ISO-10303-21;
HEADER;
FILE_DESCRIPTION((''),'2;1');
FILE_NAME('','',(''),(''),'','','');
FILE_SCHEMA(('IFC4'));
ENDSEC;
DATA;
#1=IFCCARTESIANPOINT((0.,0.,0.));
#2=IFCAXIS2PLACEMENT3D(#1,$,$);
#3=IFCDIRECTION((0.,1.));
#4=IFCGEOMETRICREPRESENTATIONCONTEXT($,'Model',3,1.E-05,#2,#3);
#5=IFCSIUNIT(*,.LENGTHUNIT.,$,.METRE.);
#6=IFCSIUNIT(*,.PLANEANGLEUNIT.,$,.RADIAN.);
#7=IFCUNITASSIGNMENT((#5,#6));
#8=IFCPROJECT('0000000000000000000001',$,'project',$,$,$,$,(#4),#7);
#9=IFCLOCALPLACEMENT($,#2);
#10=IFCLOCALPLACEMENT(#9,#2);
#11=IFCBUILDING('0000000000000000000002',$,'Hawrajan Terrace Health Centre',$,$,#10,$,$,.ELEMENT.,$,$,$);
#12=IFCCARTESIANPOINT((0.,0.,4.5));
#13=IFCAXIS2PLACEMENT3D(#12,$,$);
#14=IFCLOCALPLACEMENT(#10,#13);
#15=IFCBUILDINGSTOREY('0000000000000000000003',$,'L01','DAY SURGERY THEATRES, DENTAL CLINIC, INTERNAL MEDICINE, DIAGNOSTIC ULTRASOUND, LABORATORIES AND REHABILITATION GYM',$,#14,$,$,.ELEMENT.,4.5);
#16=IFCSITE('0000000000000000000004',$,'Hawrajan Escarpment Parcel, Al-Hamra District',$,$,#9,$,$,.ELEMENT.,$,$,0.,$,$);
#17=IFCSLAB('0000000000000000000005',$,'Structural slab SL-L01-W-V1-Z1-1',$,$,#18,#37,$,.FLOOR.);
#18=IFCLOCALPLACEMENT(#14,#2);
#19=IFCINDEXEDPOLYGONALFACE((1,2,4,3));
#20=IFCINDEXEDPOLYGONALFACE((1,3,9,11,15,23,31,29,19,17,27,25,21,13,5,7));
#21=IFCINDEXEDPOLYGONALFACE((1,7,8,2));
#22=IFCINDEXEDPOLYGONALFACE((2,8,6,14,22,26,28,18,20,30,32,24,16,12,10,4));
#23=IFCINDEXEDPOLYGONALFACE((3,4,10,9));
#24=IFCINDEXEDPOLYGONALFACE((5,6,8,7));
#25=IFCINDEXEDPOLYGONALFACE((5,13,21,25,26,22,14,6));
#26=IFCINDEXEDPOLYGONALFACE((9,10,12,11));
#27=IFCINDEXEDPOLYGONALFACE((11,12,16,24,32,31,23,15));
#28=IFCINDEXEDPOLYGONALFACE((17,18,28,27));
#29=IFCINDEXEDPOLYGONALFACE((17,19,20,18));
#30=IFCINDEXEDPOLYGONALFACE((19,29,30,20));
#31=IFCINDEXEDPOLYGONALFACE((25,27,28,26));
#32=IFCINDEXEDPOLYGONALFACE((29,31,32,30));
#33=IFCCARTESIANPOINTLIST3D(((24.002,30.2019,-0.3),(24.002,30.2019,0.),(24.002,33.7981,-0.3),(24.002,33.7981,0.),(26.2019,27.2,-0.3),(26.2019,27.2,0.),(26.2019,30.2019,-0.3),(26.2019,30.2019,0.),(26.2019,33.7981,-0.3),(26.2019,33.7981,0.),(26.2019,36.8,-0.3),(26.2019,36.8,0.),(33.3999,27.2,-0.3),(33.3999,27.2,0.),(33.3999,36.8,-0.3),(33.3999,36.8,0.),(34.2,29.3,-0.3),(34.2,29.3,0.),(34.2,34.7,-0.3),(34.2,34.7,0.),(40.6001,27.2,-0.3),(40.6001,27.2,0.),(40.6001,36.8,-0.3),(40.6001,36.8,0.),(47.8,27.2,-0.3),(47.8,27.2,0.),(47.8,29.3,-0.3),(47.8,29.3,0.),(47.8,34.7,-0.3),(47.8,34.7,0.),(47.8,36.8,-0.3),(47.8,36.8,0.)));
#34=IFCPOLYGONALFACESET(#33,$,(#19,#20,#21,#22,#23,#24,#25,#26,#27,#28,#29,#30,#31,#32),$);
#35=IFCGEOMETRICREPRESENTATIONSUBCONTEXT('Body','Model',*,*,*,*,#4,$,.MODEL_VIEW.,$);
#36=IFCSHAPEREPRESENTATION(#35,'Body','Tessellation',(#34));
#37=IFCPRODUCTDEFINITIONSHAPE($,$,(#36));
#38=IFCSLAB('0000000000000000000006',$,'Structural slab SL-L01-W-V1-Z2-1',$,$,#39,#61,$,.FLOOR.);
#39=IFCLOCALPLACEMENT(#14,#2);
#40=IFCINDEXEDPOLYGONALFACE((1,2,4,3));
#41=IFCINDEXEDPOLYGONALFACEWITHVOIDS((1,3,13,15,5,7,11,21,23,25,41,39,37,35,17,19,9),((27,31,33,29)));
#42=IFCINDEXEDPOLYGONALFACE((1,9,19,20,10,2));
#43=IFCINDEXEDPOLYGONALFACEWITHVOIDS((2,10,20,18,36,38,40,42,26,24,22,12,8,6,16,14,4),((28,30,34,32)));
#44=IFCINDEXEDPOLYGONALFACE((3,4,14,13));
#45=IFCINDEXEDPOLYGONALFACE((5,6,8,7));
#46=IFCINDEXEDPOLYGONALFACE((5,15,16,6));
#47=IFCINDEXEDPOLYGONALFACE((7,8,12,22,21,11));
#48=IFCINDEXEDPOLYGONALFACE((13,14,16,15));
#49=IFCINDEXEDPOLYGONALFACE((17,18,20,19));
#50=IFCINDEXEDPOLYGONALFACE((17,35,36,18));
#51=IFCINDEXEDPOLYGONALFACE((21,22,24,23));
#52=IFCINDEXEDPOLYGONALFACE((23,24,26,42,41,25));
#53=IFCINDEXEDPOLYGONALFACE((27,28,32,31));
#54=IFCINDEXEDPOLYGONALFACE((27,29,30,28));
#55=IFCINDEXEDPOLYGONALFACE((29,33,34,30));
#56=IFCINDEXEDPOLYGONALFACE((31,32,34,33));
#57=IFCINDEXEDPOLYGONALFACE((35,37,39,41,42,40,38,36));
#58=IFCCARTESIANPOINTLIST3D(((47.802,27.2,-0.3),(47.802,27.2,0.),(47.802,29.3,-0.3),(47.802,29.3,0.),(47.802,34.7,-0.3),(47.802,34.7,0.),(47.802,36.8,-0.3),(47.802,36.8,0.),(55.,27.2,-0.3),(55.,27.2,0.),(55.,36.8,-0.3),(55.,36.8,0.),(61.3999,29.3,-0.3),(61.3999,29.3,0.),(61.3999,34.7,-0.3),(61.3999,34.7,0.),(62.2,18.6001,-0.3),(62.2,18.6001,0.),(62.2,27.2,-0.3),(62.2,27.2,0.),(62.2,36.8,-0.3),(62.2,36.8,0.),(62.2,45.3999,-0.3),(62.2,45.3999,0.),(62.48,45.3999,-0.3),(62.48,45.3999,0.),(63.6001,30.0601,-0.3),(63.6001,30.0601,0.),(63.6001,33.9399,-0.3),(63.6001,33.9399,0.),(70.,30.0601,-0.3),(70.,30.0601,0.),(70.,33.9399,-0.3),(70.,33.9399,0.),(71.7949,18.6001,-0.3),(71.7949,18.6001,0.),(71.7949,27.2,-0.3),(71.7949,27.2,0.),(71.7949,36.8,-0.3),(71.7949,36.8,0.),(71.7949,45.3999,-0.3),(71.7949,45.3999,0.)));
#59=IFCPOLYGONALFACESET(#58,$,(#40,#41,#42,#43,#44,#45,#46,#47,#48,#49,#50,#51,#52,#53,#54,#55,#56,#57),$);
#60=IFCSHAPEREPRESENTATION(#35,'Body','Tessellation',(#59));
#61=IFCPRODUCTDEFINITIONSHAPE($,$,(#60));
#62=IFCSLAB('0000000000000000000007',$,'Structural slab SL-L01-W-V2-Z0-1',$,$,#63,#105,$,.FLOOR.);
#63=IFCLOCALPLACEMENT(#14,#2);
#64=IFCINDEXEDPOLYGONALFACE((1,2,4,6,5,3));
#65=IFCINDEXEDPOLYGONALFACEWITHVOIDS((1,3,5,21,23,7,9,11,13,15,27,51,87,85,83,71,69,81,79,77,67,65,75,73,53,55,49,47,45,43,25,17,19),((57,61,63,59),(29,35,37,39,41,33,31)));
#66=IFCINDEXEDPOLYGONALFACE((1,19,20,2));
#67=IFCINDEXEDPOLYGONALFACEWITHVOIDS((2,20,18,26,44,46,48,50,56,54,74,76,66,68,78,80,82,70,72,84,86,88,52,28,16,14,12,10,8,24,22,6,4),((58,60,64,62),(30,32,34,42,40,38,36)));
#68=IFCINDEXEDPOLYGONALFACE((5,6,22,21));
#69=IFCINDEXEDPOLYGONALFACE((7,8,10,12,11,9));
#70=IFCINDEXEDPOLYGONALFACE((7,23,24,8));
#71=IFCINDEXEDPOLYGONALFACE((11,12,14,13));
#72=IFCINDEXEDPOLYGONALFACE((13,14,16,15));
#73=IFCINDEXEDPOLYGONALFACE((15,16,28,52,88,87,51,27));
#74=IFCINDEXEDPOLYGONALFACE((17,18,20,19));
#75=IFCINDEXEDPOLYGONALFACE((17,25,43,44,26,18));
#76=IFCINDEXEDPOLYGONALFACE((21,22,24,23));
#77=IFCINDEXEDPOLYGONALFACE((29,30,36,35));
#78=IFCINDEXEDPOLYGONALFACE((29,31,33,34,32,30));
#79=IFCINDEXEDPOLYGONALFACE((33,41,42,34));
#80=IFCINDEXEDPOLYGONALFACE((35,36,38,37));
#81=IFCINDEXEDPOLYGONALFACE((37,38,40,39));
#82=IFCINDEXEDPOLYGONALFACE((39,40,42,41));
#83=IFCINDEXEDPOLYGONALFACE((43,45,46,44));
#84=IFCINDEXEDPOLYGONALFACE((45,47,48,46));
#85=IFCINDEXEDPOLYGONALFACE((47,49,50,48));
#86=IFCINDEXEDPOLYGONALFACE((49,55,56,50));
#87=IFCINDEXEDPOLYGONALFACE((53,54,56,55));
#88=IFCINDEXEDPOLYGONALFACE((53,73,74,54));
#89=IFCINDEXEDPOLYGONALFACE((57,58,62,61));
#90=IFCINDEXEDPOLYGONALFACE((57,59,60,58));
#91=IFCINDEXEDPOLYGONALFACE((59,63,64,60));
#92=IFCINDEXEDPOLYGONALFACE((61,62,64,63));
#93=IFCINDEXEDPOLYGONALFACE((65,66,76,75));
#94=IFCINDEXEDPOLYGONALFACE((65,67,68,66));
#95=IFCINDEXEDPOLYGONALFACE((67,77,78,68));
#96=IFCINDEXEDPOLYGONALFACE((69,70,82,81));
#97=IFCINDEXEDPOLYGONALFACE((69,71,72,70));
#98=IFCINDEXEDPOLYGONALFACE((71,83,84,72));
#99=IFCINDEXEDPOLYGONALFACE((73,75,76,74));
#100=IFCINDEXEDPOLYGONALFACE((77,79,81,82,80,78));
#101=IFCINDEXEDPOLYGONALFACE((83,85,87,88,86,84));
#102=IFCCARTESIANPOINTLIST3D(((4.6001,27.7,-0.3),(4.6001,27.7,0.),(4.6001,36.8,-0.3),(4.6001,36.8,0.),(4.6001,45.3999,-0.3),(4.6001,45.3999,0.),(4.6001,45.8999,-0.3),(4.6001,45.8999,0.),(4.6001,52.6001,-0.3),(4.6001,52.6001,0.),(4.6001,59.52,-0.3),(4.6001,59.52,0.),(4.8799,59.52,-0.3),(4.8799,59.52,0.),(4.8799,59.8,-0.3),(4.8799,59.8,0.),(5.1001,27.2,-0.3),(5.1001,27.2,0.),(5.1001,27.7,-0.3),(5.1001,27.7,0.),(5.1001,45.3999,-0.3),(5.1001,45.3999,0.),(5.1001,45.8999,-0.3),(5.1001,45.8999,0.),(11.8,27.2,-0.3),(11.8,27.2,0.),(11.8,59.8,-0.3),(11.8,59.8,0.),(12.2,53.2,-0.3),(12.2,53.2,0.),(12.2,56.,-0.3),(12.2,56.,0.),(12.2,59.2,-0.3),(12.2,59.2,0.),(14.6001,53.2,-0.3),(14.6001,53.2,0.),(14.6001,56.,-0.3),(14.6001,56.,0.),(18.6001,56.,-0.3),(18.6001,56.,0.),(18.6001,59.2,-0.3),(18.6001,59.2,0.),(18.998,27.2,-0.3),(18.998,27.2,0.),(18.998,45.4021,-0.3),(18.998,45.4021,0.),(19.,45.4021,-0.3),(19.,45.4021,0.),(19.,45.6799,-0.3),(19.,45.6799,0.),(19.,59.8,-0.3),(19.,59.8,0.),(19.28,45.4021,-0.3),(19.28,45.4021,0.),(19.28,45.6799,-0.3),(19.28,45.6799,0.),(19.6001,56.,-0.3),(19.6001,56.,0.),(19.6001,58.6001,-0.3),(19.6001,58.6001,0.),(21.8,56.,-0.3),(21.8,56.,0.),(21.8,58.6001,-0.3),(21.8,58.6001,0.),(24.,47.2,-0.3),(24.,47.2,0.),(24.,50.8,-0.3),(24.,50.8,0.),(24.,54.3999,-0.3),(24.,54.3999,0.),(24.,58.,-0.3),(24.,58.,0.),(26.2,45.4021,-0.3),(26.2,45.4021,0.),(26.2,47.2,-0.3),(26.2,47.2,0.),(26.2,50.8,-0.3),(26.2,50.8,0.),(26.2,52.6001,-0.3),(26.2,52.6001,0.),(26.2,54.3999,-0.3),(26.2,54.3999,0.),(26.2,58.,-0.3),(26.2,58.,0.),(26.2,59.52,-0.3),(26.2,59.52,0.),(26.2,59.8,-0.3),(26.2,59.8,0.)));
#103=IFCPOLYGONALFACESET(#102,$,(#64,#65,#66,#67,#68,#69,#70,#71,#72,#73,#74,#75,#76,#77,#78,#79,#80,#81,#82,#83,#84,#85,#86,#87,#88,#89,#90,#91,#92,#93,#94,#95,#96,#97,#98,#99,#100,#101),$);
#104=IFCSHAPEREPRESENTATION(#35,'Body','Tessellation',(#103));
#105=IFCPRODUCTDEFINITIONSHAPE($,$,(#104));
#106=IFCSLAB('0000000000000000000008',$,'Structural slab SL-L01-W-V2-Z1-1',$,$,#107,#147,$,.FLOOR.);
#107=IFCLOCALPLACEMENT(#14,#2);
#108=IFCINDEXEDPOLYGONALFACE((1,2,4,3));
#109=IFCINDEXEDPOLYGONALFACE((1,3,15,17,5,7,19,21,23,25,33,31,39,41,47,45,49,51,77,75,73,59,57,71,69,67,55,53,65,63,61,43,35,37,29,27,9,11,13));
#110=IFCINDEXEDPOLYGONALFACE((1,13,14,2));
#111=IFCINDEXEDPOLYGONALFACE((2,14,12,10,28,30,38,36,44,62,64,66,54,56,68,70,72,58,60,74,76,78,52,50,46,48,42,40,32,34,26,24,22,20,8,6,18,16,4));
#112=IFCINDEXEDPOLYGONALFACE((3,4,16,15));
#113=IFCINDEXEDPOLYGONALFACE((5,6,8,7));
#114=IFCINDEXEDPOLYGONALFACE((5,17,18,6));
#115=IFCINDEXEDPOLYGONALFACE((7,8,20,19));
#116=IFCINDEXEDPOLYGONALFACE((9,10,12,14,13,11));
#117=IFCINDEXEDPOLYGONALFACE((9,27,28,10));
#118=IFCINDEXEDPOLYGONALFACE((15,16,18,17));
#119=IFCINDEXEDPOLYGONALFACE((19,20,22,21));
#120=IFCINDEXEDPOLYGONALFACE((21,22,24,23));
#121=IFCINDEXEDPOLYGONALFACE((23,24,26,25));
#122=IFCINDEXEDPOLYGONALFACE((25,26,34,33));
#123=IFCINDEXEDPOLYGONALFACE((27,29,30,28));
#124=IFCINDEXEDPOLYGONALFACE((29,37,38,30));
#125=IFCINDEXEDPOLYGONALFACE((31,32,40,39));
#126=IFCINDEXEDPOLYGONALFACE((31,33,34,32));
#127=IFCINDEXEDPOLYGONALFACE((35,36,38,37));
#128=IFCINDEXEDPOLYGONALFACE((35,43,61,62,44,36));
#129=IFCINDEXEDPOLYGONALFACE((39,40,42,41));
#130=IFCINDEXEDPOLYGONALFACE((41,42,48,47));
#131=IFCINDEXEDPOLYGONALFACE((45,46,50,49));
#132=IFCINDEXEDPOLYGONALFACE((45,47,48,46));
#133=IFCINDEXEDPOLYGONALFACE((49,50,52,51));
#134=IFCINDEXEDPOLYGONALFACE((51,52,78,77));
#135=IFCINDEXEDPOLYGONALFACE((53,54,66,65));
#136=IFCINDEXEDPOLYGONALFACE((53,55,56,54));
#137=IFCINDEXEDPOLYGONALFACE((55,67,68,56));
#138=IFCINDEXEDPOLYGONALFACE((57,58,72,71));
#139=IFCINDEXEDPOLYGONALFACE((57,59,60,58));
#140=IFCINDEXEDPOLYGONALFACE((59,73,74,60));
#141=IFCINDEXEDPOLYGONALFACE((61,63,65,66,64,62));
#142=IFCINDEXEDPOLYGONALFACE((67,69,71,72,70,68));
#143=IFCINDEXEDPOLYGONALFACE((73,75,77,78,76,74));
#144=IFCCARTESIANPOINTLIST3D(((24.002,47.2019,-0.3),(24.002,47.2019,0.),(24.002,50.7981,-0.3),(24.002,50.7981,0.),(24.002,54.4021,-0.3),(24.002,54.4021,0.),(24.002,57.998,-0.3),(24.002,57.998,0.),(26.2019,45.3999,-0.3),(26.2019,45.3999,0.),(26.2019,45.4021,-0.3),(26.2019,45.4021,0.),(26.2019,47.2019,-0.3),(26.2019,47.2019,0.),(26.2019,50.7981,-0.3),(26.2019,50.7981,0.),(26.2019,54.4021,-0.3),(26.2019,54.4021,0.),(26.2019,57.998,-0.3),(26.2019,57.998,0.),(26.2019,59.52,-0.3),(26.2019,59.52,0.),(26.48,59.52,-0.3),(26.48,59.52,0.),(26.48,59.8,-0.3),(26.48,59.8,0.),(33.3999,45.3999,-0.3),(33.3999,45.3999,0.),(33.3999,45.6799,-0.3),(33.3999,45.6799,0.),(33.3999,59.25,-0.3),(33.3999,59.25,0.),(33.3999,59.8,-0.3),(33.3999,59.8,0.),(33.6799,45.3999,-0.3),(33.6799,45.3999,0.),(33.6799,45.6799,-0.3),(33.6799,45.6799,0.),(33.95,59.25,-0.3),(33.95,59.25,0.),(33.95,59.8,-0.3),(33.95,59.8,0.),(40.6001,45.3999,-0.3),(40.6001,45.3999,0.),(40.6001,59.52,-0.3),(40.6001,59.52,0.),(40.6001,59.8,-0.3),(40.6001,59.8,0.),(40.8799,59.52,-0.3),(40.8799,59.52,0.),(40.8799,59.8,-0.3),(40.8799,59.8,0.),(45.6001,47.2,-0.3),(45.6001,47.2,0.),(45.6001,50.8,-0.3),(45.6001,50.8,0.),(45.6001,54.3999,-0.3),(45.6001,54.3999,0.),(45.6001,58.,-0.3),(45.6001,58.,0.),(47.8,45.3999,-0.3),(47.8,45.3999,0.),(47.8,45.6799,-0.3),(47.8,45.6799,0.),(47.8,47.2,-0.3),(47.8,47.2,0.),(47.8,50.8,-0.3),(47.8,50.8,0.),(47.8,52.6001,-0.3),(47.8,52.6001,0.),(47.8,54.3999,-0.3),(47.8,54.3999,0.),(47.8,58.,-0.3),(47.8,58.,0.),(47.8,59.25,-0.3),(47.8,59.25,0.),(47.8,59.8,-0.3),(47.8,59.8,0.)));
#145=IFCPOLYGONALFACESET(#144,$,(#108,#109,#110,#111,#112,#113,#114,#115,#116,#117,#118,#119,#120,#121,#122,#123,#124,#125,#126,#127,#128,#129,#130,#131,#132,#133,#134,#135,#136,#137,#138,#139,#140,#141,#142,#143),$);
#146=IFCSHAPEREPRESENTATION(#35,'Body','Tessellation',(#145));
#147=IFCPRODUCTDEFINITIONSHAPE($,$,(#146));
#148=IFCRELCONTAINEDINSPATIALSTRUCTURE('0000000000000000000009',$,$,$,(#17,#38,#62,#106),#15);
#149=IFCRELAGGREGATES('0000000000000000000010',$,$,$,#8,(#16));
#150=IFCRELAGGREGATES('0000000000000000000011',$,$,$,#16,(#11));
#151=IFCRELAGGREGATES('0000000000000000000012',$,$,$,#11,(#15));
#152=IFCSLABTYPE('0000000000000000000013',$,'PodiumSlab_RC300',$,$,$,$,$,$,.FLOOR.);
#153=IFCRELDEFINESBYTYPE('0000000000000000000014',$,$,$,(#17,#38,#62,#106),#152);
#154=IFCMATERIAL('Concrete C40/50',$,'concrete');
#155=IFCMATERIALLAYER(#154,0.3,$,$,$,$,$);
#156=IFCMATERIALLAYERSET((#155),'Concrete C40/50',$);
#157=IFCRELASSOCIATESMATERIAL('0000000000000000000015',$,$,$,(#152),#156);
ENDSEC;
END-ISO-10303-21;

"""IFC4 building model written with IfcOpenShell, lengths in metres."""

from ifc_helpers import new_model, si_unit, direction, frame, origin, place, context, subcontext, project, spatial, polyline, outline, extrude, material, layer, layer_set, type_object, element, save


model = new_model("IFC4")

# Units and contexts
model_context = context("Model", 3, precision=1e-05, world=origin(), true_north=direction((0.0, 1.0)))
body_context = subcontext(model_context, "Body", "Model", "MODEL_VIEW")
ifc_project = project(units=[si_unit("LENGTHUNIT", "METRE"), si_unit("PLANEANGLEUNIT", "RADIAN")], contexts=[model_context])

# Site, building, storey
site_placement = place(None, origin())
site = spatial("IfcSite", under=ifc_project, at=site_placement, Name="Hawrajan Escarpment Parcel, Al-Hamra District", CompositionType="ELEMENT", RefElevation=0.0)
building_placement = place(site_placement, origin())
building = spatial("IfcBuilding", under=site, at=building_placement, Name="Hawrajan Terrace Health Centre", CompositionType="ELEMENT")
storey_placement = place(building_placement, frame((0.0, 0.0, 4.5)))
storey = spatial("IfcBuildingStorey", under=building, at=storey_placement, Name="L01", Description="DAY SURGERY THEATRES, DENTAL CLINIC, INTERNAL MEDICINE, DIAGNOSTIC ULTRASOUND, LABORATORIES AND REHABILITATION GYM", CompositionType="ELEMENT", Elevation=4.5)

# Slabs
ifc_material_1 = material(Name="Concrete C40/50", Category="concrete")
ifc_layer_1 = layer(ifc_material_1, 0.3)
ifc_layer_set_1 = layer_set([ifc_layer_1], Name="Concrete C40/50")
slab_type_1 = type_object("IfcSlabType", Name="PodiumSlab_RC300", PredefinedType="FLOOR", material=ifc_layer_set_1)
slab_1_placement = place(storey_placement, frame((0.0, 0.0, -0.3)))
element("IfcSlab", 1, at=slab_1_placement, inside=storey, type_object=slab_type_1, Name="Structural slab SL-L01-W-V1-Z1-1", PredefinedType="FLOOR", context=body_context, shape_type="SweptSolid", body=[
    extrude(outline(polyline([(33.3999, 36.8), (40.6001, 36.8), (47.8, 36.8), (47.8, 34.7), (34.2, 34.7), (34.2, 29.3), (47.8, 29.3), (47.8, 27.2), (40.6001, 27.2), (33.3999, 27.2), (26.2019, 27.2), (26.2019, 30.2019), (24.002, 30.2019), (24.002, 33.7981), (26.2019, 33.7981), (26.2019, 36.8), (33.3999, 36.8)])), origin(), (0.0, 0.0, 1.0), 0.3),
])
slab_2_placement = place(storey_placement, frame((0.0, 0.0, -0.3)))
element("IfcSlab", 2, at=slab_2_placement, inside=storey, type_object=slab_type_1, Name="Structural slab SL-L01-W-V1-Z2-1", PredefinedType="FLOOR", context=body_context, shape_type="SweptSolid", body=[
    extrude(outline(polyline([(47.802, 27.2), (47.802, 29.3), (61.3999, 29.3), (61.3999, 34.7), (47.802, 34.7), (47.802, 36.8), (55.0, 36.8), (62.2, 36.8), (62.2, 45.3999), (62.48, 45.3999), (71.7949, 45.3999), (71.7949, 36.8), (71.7949, 27.2), (71.7949, 18.6001), (62.2, 18.6001), (62.2, 27.2), (55.0, 27.2), (47.802, 27.2)]), holes=[polyline([(70.0, 33.9399), (63.6001, 33.9399), (63.6001, 30.0601), (70.0, 30.0601), (70.0, 33.9399)])]), origin(), (0.0, 0.0, 1.0), 0.3),
])
slab_3_placement = place(storey_placement, frame((0.0, 0.0, -0.3)))
element("IfcSlab", 3, at=slab_3_placement, inside=storey, type_object=slab_type_1, Name="Structural slab SL-L01-W-V2-Z0-1", PredefinedType="FLOOR", context=body_context, shape_type="SweptSolid", body=[
    extrude(outline(polyline([(4.6001, 59.52), (4.8799, 59.52), (4.8799, 59.8), (11.8, 59.8), (19.0, 59.8), (26.2, 59.8), (26.2, 59.52), (26.2, 58.0), (24.0, 58.0), (24.0, 54.3999), (26.2, 54.3999), (26.2, 52.6001), (26.2, 50.8), (24.0, 50.8), (24.0, 47.2), (26.2, 47.2), (26.2, 45.4021), (19.28, 45.4021), (19.28, 45.6799), (19.0, 45.6799), (19.0, 45.4021), (18.998, 45.4021), (18.998, 27.2), (11.8, 27.2), (5.1001, 27.2), (5.1001, 27.7), (4.6001, 27.7), (4.6001, 36.8), (4.6001, 45.3999), (5.1001, 45.3999), (5.1001, 45.8999), (4.6001, 45.8999), (4.6001, 52.6001), (4.6001, 59.52)]), holes=[polyline([(14.6001, 53.2), (14.6001, 56.0), (18.6001, 56.0), (18.6001, 59.2), (12.2, 59.2), (12.2, 56.0), (12.2, 53.2), (14.6001, 53.2)]), polyline([(21.8, 56.0), (21.8, 58.6001), (19.6001, 58.6001), (19.6001, 56.0), (21.8, 56.0)])]), origin(), (0.0, 0.0, 1.0), 0.3),
])
slab_4_placement = place(storey_placement, frame((0.0, 0.0, -0.3)))
element("IfcSlab", 4, at=slab_4_placement, inside=storey, type_object=slab_type_1, Name="Structural slab SL-L01-W-V2-Z1-1", PredefinedType="FLOOR", context=body_context, shape_type="SweptSolid", body=[
    extrude(outline(polyline([(26.48, 59.52), (26.48, 59.8), (33.3999, 59.8), (33.3999, 59.25), (33.95, 59.25), (33.95, 59.8), (40.6001, 59.8), (40.6001, 59.52), (40.8799, 59.52), (40.8799, 59.8), (47.8, 59.8), (47.8, 59.25), (47.8, 58.0), (45.6001, 58.0), (45.6001, 54.3999), (47.8, 54.3999), (47.8, 52.6001), (47.8, 50.8), (45.6001, 50.8), (45.6001, 47.2), (47.8, 47.2), (47.8, 45.6799), (47.8, 45.3999), (40.6001, 45.3999), (33.6799, 45.3999), (33.6799, 45.6799), (33.3999, 45.6799), (33.3999, 45.3999), (26.2019, 45.3999), (26.2019, 45.4021), (26.2019, 47.2019), (24.002, 47.2019), (24.002, 50.7981), (26.2019, 50.7981), (26.2019, 54.4021), (24.002, 54.4021), (24.002, 57.998), (26.2019, 57.998), (26.2019, 59.52), (26.48, 59.52)])), origin(), (0.0, 0.0, 1.0), 0.3),
])

save(model, "model.ifc")
